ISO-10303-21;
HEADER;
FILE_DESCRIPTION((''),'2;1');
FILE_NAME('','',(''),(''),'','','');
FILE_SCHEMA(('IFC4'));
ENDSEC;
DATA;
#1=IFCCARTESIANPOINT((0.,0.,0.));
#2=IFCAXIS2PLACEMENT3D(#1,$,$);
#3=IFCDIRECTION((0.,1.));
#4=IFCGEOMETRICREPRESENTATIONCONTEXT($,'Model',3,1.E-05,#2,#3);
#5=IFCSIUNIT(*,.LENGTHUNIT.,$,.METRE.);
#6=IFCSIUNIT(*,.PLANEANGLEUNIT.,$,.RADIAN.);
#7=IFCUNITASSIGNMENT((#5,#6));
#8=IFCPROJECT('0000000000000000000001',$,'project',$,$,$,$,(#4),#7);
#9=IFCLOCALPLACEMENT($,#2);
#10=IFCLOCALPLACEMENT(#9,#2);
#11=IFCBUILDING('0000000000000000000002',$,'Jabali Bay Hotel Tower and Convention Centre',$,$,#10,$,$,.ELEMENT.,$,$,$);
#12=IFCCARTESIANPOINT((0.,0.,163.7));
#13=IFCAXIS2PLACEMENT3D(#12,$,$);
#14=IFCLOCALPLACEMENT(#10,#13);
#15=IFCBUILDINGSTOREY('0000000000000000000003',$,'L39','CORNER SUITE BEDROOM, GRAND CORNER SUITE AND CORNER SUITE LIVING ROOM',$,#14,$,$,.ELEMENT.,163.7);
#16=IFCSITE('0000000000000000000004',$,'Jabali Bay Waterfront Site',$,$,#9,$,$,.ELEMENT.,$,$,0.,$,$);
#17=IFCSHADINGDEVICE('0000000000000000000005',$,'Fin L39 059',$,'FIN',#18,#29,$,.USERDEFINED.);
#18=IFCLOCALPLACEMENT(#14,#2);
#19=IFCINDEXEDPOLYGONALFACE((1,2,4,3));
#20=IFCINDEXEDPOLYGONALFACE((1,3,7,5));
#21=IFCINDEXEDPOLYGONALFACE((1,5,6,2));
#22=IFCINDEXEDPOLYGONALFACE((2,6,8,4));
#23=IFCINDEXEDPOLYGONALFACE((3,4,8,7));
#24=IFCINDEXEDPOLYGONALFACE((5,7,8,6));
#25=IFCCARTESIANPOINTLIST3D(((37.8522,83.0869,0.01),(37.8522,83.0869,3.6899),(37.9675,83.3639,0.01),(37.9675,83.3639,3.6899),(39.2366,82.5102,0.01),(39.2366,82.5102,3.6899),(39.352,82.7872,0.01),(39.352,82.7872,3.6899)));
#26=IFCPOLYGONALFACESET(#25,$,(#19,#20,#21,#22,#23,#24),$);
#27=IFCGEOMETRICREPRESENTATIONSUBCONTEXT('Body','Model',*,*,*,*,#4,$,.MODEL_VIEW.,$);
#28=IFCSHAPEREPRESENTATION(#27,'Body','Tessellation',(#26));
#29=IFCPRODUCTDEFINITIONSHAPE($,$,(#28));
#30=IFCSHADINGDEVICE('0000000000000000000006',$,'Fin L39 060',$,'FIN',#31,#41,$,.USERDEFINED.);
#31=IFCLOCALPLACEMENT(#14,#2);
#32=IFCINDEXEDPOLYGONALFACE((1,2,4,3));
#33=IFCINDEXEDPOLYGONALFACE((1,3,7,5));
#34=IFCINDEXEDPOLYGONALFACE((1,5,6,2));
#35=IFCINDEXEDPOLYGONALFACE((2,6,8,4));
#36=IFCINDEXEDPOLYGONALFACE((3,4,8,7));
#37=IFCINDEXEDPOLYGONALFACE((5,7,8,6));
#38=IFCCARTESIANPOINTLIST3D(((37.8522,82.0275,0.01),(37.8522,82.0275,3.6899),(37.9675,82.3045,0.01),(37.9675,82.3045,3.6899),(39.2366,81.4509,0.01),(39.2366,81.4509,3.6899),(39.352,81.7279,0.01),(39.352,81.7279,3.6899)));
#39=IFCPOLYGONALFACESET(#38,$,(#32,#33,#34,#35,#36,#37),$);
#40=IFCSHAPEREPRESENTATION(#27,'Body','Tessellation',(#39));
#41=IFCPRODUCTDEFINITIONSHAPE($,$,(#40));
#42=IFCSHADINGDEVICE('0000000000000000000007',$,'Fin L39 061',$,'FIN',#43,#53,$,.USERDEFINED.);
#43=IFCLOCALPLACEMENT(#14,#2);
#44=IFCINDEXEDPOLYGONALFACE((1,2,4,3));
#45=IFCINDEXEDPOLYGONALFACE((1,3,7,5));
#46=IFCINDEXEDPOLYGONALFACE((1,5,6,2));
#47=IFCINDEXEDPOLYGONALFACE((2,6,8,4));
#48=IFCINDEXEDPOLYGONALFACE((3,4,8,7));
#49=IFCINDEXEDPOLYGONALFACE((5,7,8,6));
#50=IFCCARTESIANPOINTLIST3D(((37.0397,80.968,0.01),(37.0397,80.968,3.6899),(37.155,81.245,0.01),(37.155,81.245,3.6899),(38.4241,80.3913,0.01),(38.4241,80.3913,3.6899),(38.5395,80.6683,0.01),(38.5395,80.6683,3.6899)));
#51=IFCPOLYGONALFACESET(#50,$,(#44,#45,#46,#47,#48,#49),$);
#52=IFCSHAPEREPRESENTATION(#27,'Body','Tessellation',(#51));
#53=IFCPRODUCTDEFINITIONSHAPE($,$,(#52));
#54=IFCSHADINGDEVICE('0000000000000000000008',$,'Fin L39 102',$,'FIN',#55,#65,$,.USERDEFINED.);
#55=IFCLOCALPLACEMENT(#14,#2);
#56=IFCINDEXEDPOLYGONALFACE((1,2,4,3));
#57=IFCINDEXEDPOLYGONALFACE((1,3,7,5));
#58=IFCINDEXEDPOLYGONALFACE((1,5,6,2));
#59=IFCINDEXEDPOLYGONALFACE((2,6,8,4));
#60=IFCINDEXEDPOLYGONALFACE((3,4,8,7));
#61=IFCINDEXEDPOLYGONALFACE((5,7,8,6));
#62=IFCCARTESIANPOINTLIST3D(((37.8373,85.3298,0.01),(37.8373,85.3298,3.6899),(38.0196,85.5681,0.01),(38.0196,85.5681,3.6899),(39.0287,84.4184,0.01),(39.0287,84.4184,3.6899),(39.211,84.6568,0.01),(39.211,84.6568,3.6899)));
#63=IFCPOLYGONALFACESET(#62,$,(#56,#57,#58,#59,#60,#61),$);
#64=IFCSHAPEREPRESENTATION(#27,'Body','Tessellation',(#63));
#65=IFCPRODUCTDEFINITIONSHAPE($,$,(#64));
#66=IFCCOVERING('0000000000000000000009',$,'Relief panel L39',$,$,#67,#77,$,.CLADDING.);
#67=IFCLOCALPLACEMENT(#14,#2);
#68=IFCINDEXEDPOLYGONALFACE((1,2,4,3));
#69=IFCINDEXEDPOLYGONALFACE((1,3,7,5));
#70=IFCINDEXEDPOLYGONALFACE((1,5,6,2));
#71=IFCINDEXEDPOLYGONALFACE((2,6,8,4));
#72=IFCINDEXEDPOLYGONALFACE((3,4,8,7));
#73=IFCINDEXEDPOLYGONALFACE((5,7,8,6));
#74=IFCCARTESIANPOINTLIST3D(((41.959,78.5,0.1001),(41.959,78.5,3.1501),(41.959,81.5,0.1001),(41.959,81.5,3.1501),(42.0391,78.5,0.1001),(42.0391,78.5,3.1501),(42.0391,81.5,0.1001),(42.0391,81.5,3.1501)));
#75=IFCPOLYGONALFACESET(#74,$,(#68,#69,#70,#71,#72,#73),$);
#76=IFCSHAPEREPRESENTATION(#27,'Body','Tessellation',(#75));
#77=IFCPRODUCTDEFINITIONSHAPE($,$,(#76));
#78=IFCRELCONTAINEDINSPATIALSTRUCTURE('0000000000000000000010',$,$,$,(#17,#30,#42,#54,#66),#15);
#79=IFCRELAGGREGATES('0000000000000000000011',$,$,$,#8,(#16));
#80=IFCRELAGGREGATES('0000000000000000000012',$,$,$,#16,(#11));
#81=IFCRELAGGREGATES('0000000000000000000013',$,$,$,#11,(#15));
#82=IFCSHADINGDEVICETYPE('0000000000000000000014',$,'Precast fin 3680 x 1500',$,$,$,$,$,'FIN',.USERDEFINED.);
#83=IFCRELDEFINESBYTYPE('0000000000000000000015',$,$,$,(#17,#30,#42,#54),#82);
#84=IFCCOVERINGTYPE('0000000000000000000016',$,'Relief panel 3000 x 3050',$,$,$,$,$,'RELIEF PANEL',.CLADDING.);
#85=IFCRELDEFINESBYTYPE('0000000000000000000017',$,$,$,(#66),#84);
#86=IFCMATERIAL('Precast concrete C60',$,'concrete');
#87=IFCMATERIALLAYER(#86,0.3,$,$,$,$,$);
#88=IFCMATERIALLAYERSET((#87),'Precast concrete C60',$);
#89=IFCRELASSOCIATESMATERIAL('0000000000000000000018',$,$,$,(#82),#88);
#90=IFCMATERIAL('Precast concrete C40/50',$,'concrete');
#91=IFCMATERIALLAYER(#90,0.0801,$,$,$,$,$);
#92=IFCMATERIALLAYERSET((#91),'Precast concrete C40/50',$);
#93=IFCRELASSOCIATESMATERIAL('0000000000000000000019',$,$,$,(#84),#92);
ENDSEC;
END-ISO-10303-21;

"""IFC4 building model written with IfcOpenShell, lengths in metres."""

from ifc_helpers import new_model, si_unit, direction, frame, frame_2d, origin, origin_2d, place, context, subcontext, project, spatial, rectangle, extrude, material, layer, layer_set, type_object, element, save


model = new_model("IFC4")

# Units and contexts
model_context = context("Model", 3, precision=1e-05, world=origin(), true_north=direction((0.0, 1.0)))
body_context = subcontext(model_context, "Body", "Model", "MODEL_VIEW")
ifc_project = project(units=[si_unit("LENGTHUNIT", "METRE"), si_unit("PLANEANGLEUNIT", "RADIAN")], contexts=[model_context])

# Site, building, storey
site_placement = place(None, origin())
site = spatial("IfcSite", under=ifc_project, at=site_placement, Name="Jabali Bay Waterfront Site", CompositionType="ELEMENT", RefElevation=0.0)
building_placement = place(site_placement, origin())
building = spatial("IfcBuilding", under=site, at=building_placement, Name="Jabali Bay Hotel Tower and Convention Centre", CompositionType="ELEMENT")
storey_placement = place(building_placement, frame((0.0, 0.0, 163.7)))
storey = spatial("IfcBuildingStorey", under=building, at=storey_placement, Name="L39", Description="CORNER SUITE BEDROOM, GRAND CORNER SUITE AND CORNER SUITE LIVING ROOM", CompositionType="ELEMENT", Elevation=163.7)

# Shading devices
ifc_material_1 = material(Name="Precast concrete C60", Category="concrete")
ifc_layer_1 = layer(ifc_material_1, 0.3)
ifc_layer_set_1 = layer_set([ifc_layer_1], Name="Precast concrete C60")
shading_device_type = type_object("IfcShadingDeviceType", Name="Precast fin 3680 x 1500", ElementType="FIN", PredefinedType="USERDEFINED", material=ifc_layer_set_1)
for number, where, z_axis, x_axis, name in (
    (1, (39.2944, 82.6487, 0.01), (0.0, 0.0, 1.0), (-0.92313, 0.384488, 0.0), "Fin L39 059"),
    (2, (39.2944, 81.5894, 0.01), (0.0, 0.0, 1.0), (-0.92313, 0.384488, 0.0), "Fin L39 060"),
    (3, (38.4819, 80.5298, 0.01), (0.0, 0.0, 1.0), (-0.92313, 0.384488, 0.0), "Fin L39 061"),
):
    element("IfcShadingDevice", number, at=place(storey_placement, frame(where, z_axis=z_axis, x_axis=x_axis)), inside=storey, type_object=shading_device_type, Name=name, ObjectType="FIN", PredefinedType="USERDEFINED", context=body_context, shape_type="SweptSolid", body=[
        extrude(rectangle(XDim=1.4998, YDim=0.3, at=frame_2d((0.75, 0.0))), origin(), (0.0, 0.0, 1.0), 3.6799),
    ])
shading_device_1_placement = place(storey_placement, frame((39.1199, 84.5376, 0.01), z_axis=(0.0, 0.0, 1.0), x_axis=(-0.794261, 0.607577, 0.0)))
element("IfcShadingDevice", 4, at=shading_device_1_placement, inside=storey, type_object=shading_device_type, Name="Fin L39 102", ObjectType="FIN", PredefinedType="USERDEFINED", context=body_context, shape_type="SweptSolid", body=[
    extrude(rectangle(XDim=1.5, YDim=0.3, at=frame_2d((0.75, 0.0))), origin(), (0.0, 0.0, 1.0), 3.6799),
])

# Covering
ifc_material_2 = material(Name="Precast concrete C40/50", Category="concrete")
ifc_layer_2 = layer(ifc_material_2, 0.0801)
ifc_layer_set_2 = layer_set([ifc_layer_2], Name="Precast concrete C40/50")
covering_type = type_object("IfcCoveringType", Name="Relief panel 3000 x 3050", ElementType="RELIEF PANEL", PredefinedType="CLADDING", material=ifc_layer_set_2)
covering_placement = place(storey_placement, frame((41.999, 80.0, 0.1001), z_axis=(0.0, 0.0, 1.0), x_axis=(0.0, 1.0, 0.0)))
element("IfcCovering", 5, at=covering_placement, inside=storey, type_object=covering_type, Name="Relief panel L39", PredefinedType="CLADDING", context=body_context, shape_type="SweptSolid", body=[
    extrude(rectangle(XDim=3.0, YDim=0.0801, at=origin_2d()), origin(), (0.0, 0.0, 1.0), 3.05),
])

save(model, "model.ifc")
